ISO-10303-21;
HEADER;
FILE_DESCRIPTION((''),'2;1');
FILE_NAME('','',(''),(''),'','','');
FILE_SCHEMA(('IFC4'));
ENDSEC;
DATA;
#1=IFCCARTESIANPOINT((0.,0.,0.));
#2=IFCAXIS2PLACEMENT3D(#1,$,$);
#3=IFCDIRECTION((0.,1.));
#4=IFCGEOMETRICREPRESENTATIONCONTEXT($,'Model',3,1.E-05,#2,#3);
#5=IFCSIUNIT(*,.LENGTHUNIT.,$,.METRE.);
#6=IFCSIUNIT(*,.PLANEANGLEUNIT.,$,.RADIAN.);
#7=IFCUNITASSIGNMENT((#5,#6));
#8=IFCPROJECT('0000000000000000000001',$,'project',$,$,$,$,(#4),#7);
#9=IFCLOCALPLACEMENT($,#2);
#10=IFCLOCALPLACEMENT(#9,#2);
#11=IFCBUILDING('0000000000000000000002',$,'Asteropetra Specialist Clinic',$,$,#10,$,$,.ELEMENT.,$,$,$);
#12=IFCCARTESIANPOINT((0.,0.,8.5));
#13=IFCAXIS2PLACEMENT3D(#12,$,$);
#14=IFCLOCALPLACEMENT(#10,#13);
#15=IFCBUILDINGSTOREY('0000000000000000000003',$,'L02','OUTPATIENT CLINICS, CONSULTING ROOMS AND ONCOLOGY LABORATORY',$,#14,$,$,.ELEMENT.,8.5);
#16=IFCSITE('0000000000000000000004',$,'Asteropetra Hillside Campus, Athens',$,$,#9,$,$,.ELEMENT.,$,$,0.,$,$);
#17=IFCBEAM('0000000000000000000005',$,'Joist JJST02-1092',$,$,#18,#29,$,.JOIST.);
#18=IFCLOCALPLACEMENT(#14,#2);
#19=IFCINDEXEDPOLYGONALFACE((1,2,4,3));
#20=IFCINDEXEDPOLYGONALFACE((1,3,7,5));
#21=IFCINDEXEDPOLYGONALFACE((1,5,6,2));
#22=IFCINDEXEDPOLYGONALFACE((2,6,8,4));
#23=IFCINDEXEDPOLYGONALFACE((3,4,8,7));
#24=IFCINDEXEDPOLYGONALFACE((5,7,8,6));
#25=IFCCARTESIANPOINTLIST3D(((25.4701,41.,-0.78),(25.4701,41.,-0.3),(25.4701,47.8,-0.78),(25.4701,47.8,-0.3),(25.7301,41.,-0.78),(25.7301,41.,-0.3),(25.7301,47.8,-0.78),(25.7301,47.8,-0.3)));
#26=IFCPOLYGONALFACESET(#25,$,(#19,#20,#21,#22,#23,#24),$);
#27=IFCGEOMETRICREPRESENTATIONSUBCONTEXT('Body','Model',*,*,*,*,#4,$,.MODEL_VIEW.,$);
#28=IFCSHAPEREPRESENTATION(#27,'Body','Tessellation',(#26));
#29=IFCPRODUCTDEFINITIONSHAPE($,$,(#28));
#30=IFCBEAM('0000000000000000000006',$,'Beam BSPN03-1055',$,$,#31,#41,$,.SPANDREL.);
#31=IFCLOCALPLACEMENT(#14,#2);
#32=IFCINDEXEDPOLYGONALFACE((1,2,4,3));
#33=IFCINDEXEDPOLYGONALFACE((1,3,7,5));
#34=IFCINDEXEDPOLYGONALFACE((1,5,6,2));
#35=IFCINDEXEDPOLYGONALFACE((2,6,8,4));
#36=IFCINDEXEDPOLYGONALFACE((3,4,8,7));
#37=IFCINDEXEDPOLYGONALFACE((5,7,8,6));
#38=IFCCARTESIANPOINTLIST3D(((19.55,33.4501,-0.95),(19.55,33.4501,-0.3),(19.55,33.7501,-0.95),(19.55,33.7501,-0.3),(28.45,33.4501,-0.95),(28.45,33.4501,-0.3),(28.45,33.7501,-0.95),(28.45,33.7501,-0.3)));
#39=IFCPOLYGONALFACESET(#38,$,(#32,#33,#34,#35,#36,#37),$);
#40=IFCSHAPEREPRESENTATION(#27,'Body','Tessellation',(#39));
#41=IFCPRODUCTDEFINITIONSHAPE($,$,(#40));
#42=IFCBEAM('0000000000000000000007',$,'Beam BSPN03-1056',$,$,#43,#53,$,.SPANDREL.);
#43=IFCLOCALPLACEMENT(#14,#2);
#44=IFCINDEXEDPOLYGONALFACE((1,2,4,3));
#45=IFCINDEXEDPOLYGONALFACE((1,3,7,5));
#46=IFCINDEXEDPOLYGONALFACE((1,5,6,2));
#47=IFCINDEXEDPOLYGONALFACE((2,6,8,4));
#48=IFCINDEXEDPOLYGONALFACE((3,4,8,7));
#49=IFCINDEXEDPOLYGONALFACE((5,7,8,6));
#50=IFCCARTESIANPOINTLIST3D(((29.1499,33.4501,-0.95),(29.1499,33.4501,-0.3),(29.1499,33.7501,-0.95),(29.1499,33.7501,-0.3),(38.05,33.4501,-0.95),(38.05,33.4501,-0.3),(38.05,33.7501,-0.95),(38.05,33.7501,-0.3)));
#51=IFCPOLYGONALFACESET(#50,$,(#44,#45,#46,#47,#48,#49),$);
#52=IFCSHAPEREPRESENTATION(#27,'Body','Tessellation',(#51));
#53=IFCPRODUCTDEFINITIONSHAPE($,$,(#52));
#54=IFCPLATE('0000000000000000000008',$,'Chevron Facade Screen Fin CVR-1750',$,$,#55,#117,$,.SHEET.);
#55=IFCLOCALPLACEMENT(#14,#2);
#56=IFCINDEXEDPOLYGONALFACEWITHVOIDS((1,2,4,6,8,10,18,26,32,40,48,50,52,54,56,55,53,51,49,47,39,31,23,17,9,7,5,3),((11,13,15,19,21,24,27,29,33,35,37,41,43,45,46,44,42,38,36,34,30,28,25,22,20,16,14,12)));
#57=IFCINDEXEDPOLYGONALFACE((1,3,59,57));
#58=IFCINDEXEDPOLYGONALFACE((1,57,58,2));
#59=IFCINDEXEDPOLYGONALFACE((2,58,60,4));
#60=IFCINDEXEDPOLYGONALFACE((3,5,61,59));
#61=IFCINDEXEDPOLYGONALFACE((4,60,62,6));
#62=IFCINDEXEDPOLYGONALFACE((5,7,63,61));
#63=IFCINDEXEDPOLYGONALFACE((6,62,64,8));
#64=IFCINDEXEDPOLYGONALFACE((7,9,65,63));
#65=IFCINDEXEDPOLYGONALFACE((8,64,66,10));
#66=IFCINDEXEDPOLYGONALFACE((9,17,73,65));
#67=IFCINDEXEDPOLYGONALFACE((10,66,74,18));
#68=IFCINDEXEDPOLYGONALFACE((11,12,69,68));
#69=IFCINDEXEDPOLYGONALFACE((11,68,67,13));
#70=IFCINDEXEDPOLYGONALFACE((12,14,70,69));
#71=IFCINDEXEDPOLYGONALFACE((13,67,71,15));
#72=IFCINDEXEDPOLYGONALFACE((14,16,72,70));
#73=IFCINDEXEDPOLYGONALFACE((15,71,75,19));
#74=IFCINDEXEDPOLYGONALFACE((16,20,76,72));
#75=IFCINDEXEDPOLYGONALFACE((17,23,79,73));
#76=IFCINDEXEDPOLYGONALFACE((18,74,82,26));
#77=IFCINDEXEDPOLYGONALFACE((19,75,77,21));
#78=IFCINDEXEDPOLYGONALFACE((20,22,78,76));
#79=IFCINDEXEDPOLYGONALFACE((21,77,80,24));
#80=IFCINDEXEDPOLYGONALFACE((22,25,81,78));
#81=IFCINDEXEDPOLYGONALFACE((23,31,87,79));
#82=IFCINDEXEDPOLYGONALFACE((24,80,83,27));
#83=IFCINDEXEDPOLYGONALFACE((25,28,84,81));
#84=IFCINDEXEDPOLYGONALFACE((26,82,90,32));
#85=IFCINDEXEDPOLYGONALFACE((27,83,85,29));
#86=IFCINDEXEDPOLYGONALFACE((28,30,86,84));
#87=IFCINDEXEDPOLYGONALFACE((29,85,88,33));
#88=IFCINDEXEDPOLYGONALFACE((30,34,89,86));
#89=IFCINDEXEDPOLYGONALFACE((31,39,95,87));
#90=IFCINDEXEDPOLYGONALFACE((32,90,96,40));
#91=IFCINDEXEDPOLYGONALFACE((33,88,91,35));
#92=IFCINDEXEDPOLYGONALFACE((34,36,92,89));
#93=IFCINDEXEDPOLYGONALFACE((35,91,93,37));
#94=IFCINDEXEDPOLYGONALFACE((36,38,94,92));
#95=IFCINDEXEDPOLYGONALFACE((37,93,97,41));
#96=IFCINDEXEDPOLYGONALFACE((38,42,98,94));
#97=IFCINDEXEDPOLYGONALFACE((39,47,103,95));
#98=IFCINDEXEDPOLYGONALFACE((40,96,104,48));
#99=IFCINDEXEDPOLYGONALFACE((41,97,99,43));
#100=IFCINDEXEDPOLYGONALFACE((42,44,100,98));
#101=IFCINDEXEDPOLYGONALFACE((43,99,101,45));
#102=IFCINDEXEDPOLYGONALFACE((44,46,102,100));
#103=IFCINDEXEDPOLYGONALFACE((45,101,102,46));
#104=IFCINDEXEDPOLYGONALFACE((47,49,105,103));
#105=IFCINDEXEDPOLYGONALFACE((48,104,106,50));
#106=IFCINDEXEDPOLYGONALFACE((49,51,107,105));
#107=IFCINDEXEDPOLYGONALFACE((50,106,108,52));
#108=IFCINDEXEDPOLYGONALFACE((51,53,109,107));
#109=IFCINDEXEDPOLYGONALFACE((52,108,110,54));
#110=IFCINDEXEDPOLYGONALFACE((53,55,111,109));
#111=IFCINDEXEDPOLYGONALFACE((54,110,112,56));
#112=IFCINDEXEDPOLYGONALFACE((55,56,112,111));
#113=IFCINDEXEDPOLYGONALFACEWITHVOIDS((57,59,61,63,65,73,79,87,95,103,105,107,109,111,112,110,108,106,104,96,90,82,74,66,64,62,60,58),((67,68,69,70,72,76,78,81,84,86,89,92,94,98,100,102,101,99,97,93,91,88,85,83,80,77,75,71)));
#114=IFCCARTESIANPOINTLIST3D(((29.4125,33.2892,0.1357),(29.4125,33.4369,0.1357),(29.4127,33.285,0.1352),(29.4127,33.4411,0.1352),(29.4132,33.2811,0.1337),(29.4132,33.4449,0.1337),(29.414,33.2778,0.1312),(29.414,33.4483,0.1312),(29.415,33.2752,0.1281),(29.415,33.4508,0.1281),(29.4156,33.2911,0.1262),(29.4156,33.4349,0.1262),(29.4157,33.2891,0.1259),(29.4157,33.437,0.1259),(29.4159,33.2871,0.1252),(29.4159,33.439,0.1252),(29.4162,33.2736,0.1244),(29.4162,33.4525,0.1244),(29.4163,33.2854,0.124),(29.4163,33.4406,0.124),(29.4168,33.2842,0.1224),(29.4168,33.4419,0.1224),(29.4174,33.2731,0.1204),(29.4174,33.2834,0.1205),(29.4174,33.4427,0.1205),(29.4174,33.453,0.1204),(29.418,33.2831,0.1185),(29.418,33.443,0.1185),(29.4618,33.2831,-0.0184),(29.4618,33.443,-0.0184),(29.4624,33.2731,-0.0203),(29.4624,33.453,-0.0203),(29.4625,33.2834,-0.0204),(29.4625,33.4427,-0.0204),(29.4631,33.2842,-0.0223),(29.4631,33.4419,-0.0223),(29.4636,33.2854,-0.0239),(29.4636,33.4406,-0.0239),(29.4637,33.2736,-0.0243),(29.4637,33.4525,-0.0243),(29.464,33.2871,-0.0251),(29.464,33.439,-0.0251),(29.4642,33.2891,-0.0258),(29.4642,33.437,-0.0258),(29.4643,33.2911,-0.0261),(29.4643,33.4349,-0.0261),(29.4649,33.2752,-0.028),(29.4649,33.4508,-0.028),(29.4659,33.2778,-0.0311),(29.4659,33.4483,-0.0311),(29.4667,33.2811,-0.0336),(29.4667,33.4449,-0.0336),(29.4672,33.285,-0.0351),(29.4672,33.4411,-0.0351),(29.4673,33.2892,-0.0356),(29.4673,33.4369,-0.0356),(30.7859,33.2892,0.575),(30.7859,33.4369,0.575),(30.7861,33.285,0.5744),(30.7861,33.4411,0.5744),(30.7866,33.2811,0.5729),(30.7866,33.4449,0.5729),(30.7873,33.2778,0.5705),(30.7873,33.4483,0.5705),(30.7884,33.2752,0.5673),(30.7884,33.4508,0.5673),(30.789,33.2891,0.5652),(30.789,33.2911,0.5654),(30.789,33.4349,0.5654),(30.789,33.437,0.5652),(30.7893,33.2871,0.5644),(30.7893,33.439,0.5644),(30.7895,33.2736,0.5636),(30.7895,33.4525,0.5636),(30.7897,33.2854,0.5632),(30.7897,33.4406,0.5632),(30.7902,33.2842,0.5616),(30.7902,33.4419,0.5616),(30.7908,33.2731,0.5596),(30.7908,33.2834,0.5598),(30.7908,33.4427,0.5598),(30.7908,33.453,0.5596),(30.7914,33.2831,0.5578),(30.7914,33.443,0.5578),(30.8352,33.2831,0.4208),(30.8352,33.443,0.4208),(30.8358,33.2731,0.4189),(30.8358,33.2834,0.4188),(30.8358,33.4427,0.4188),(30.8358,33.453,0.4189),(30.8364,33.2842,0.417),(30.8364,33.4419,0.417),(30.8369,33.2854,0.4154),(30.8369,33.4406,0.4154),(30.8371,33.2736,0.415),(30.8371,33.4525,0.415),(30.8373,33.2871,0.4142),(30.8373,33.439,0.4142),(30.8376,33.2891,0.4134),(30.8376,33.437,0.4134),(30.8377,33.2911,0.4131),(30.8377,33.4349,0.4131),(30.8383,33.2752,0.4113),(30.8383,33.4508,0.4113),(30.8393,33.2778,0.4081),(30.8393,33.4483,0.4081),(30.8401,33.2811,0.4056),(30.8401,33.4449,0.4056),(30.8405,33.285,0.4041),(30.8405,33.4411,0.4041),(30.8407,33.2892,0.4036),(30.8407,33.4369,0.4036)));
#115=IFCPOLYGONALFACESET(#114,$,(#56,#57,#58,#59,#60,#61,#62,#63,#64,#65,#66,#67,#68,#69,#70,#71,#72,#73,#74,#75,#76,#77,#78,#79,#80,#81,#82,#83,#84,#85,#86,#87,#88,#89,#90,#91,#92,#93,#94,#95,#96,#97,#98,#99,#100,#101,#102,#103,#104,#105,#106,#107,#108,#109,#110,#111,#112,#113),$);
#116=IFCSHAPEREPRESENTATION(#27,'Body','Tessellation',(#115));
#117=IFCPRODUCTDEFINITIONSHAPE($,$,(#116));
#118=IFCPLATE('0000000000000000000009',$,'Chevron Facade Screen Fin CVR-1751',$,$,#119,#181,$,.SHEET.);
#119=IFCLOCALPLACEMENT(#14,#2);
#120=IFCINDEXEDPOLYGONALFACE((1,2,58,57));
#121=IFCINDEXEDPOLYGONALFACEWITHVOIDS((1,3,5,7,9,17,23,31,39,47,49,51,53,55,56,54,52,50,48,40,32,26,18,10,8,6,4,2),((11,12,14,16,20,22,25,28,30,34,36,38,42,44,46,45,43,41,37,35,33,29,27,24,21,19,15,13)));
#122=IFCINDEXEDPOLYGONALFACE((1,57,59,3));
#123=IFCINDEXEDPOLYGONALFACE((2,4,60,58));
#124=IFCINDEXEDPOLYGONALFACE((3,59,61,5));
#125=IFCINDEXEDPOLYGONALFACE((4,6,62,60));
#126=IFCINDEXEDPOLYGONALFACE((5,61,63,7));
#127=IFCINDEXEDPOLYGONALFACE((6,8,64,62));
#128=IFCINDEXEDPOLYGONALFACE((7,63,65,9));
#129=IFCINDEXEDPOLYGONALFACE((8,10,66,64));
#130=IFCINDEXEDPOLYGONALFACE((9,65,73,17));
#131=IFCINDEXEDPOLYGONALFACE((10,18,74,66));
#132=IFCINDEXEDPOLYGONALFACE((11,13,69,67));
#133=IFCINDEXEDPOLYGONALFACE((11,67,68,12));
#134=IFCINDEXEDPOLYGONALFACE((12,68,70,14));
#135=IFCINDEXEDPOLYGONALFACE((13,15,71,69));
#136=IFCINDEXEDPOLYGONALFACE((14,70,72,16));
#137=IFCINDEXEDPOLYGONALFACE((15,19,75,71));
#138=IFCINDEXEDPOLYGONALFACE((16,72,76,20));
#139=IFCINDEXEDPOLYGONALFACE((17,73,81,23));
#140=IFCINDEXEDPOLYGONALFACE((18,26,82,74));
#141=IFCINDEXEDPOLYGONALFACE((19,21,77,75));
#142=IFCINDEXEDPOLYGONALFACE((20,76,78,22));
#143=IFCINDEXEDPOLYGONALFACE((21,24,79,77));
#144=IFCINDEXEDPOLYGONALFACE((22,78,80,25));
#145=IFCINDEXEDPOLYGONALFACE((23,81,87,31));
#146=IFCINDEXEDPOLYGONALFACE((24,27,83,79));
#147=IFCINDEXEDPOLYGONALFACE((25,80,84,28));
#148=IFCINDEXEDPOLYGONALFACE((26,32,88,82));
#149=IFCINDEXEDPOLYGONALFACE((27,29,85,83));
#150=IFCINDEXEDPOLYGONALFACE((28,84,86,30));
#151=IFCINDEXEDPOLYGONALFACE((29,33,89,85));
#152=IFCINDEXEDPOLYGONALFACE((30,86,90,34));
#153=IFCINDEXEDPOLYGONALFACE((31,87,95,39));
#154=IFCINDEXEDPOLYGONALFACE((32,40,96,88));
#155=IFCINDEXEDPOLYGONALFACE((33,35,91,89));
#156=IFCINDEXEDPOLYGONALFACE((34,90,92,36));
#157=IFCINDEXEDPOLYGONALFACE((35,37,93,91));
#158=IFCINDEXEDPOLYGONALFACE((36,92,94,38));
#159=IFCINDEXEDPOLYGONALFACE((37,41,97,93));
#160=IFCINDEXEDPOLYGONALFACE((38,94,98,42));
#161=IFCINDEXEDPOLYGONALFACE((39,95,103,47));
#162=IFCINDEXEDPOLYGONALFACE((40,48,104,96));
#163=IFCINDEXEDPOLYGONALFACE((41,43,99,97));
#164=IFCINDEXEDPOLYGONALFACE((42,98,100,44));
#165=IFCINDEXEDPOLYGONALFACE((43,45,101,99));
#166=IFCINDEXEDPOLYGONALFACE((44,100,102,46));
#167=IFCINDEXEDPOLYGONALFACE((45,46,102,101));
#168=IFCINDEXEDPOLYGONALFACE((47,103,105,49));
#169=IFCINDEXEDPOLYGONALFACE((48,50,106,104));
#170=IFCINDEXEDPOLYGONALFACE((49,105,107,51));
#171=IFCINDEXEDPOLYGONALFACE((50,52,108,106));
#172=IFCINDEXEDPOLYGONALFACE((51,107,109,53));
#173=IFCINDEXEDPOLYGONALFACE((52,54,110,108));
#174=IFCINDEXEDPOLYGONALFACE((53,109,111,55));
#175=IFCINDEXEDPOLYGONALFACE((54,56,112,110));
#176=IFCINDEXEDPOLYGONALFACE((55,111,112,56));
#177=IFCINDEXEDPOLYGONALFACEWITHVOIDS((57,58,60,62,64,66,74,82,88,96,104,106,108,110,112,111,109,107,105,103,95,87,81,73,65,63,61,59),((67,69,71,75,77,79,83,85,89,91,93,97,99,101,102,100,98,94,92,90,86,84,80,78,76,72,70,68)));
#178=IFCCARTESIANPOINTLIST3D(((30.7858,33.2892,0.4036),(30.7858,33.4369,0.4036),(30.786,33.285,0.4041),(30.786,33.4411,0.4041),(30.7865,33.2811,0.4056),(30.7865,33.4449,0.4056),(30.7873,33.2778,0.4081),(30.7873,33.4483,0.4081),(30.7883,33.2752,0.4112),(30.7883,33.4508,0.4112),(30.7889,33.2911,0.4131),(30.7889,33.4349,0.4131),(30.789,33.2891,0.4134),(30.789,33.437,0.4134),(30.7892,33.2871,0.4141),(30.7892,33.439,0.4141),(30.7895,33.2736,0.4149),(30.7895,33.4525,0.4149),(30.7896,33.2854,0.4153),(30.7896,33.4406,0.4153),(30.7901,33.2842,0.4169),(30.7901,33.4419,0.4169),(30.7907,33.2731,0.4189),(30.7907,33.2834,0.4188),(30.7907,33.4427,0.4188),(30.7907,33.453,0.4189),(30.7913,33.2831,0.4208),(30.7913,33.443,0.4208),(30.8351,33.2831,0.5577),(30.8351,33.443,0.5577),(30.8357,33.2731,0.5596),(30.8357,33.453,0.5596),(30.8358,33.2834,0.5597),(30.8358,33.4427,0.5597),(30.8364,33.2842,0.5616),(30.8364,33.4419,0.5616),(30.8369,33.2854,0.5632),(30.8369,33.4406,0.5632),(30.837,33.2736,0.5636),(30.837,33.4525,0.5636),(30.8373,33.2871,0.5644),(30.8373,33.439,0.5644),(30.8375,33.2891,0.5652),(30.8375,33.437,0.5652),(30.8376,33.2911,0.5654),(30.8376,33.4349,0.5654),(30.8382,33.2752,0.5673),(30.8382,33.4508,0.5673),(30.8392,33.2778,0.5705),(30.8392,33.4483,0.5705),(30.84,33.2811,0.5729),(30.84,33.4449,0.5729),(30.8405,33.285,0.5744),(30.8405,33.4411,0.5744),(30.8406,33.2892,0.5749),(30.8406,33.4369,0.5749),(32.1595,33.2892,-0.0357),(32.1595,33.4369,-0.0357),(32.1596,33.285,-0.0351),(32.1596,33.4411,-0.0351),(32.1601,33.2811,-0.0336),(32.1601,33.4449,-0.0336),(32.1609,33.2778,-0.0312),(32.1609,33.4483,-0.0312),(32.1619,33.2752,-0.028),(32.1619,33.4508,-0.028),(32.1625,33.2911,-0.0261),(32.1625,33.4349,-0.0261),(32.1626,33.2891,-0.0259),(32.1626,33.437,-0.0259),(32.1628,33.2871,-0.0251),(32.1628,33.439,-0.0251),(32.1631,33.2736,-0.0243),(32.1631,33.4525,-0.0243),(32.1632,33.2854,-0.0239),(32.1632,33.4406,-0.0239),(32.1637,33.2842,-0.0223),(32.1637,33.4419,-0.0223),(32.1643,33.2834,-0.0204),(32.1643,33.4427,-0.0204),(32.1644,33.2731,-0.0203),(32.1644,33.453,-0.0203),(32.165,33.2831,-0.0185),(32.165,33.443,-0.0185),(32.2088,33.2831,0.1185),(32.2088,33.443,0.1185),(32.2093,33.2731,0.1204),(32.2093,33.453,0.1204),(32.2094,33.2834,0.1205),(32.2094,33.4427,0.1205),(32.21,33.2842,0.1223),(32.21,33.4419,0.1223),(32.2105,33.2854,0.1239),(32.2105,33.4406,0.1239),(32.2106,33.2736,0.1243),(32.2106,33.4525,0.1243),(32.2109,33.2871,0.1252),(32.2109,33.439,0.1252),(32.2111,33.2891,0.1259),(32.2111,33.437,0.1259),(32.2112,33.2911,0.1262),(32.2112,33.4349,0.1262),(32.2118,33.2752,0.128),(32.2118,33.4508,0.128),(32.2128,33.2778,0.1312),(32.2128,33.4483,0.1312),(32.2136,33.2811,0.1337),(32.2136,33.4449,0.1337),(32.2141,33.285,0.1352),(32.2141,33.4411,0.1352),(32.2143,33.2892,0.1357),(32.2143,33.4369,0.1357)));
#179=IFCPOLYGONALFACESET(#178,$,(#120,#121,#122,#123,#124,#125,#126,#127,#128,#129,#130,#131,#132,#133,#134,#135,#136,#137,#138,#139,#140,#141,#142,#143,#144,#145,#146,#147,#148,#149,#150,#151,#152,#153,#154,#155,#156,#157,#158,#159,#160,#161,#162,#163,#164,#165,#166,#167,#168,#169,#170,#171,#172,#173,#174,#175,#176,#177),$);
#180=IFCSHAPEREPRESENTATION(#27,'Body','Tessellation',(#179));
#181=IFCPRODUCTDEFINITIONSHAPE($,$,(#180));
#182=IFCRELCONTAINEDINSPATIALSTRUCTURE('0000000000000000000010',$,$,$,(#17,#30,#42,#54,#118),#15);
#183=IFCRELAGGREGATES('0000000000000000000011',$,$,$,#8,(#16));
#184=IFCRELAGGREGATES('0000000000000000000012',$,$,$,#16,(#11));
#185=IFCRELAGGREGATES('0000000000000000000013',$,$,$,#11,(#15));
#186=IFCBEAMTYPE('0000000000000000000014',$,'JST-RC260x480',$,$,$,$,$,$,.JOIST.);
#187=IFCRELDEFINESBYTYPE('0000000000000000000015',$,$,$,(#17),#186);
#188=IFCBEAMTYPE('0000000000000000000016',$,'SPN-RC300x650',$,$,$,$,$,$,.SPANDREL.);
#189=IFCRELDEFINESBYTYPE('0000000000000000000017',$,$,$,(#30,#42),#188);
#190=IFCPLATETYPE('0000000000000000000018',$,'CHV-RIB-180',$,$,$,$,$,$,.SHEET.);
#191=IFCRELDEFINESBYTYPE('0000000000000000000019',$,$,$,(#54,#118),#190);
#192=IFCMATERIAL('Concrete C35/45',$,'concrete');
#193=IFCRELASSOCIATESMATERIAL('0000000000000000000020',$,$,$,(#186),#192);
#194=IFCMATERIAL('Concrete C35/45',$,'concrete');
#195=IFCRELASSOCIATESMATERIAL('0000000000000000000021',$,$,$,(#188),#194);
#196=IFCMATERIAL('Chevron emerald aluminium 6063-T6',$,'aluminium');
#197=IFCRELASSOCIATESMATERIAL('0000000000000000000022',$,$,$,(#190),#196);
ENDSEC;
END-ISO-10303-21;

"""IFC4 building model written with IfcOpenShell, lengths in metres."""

from ifc_helpers import new_model, si_unit, direction, frame, origin, origin_2d, place, context, subcontext, project, spatial, rectangle, hollow_rectangle, extrude, material, material_profile, profile_set, type_object, element, save


model = new_model("IFC4")

# Units and contexts
model_context = context("Model", 3, precision=1e-05, world=origin(), true_north=direction((0.0, 1.0)))
body_context = subcontext(model_context, "Body", "Model", "MODEL_VIEW")
ifc_project = project(units=[si_unit("LENGTHUNIT", "METRE"), si_unit("PLANEANGLEUNIT", "RADIAN")], contexts=[model_context])

# Site, building, storey
site_placement = place(None, origin())
site = spatial("IfcSite", under=ifc_project, at=site_placement, Name="Asteropetra Hillside Campus, Athens", CompositionType="ELEMENT", RefElevation=0.0)
building_placement = place(site_placement, origin())
building = spatial("IfcBuilding", under=site, at=building_placement, Name="Asteropetra Specialist Clinic", CompositionType="ELEMENT")
storey_placement = place(building_placement, frame((0.0, 0.0, 8.5)))
storey = spatial("IfcBuildingStorey", under=building, at=storey_placement, Name="L02", Description="OUTPATIENT CLINICS, CONSULTING ROOMS AND ONCOLOGY LABORATORY", CompositionType="ELEMENT", Elevation=8.5)

# Beams
ifc_material_1 = material(Name="Concrete C35/45", Category="concrete")
ifc_material_profile_1 = material_profile(ifc_material_1, rectangle(XDim=0.26, YDim=0.48, at=origin_2d()), Name="RCJ 260x480")
ifc_profile_set_1 = profile_set([ifc_material_profile_1], Name="Concrete C35/45")
beam_type_1 = type_object("IfcBeamType", Name="JST-RC260x480", PredefinedType="JOIST", material=ifc_profile_set_1)
for number, where, z_axis, x_axis, name in (
    (1, (25.6001, 41.0, -0.54), (0.0, 1.0, 0.0), (-1.0, 0.0, 0.0), "Joist JJST02-1092"),
):
    element("IfcBeam", number, at=place(storey_placement, frame(where, z_axis=z_axis, x_axis=x_axis)), inside=storey, type_object=beam_type_1, Name=name, PredefinedType="JOIST", context=body_context, shape_type="SweptSolid", body=[
        extrude(rectangle(XDim=0.26, YDim=0.48, at=origin_2d()), origin(), (0.0, 0.0, 1.0), 6.8),
    ])
ifc_material_2 = material(Name="Concrete C35/45", Category="concrete")
ifc_material_profile_2 = material_profile(ifc_material_2, rectangle(XDim=0.3, YDim=0.6499, at=origin_2d()), Name="RCS 300x650")
ifc_profile_set_2 = profile_set([ifc_material_profile_2], Name="Concrete C35/45")
beam_type_2 = type_object("IfcBeamType", Name="SPN-RC300x650", PredefinedType="SPANDREL", material=ifc_profile_set_2)
beam_1_placement = place(storey_placement, frame((19.55, 33.6001, -0.625), z_axis=(1.0, 0.0, 0.0), x_axis=(0.0, 1.0, 0.0)))
element("IfcBeam", 2, at=beam_1_placement, inside=storey, type_object=beam_type_2, Name="Beam BSPN03-1055", PredefinedType="SPANDREL", context=body_context, shape_type="SweptSolid", body=[
    extrude(rectangle(XDim=0.3, YDim=0.6499, at=origin_2d()), origin(), (0.0, 0.0, 1.0), 8.8999),
])
beam_2_placement = place(storey_placement, frame((29.1499, 33.6001, -0.625), z_axis=(1.0, 0.0, 0.0), x_axis=(0.0, 1.0, 0.0)))
element("IfcBeam", 3, at=beam_2_placement, inside=storey, type_object=beam_type_2, Name="Beam BSPN03-1056", PredefinedType="SPANDREL", context=body_context, shape_type="SweptSolid", body=[
    extrude(rectangle(XDim=0.3, YDim=0.6499, at=origin_2d()), origin(), (0.0, 0.0, 1.0), 8.9001),
])

# Plates
ifc_material_3 = material(Name="Chevron emerald aluminium 6063-T6", Category="aluminium")
ifc_material_profile_3 = material_profile(ifc_material_3, hollow_rectangle(XDim=0.1799, YDim=0.1799, WallThickness=0.01, InnerFilletRadius=0.0081, OuterFilletRadius=0.0161, at=origin_2d()), Name="SHS 180x180x10.0")
ifc_profile_set_3 = profile_set([ifc_material_profile_3], Name="Chevron emerald aluminium 6063-T6")
plate_type = type_object("IfcPlateType", Name="CHV-RIB-180", PredefinedType="SHEET", material=ifc_profile_set_3)
plate_1_placement = place(storey_placement, frame((29.4399, 33.363, 0.05), z_axis=(0.952473, 0.0, 0.304622), x_axis=(0.0, 1.0, 0.0)))
element("IfcPlate", 4, at=plate_1_placement, inside=storey, type_object=plate_type, Name="Chevron Facade Screen Fin CVR-1750", PredefinedType="SHEET", context=body_context, shape_type="SweptSolid", body=[
    extrude(hollow_rectangle(XDim=0.1799, YDim=0.1799, WallThickness=0.01, InnerFilletRadius=0.0081, OuterFilletRadius=0.0161, at=origin_2d()), origin(), (0.0, 0.0, 1.0), 1.4419),
])
plate_2_placement = place(storey_placement, frame((30.8132, 33.363, 0.4893), z_axis=(0.952489, 0.0, -0.304573), x_axis=(0.0, 1.0, 0.0)))
element("IfcPlate", 5, at=plate_2_placement, inside=storey, type_object=plate_type, Name="Chevron Facade Screen Fin CVR-1751", PredefinedType="SHEET", context=body_context, shape_type="SweptSolid", body=[
    extrude(hollow_rectangle(XDim=0.1799, YDim=0.1799, WallThickness=0.01, InnerFilletRadius=0.0081, OuterFilletRadius=0.0161, at=origin_2d()), origin(), (0.0, 0.0, 1.0), 1.4421),
])

save(model, "model.ifc")
